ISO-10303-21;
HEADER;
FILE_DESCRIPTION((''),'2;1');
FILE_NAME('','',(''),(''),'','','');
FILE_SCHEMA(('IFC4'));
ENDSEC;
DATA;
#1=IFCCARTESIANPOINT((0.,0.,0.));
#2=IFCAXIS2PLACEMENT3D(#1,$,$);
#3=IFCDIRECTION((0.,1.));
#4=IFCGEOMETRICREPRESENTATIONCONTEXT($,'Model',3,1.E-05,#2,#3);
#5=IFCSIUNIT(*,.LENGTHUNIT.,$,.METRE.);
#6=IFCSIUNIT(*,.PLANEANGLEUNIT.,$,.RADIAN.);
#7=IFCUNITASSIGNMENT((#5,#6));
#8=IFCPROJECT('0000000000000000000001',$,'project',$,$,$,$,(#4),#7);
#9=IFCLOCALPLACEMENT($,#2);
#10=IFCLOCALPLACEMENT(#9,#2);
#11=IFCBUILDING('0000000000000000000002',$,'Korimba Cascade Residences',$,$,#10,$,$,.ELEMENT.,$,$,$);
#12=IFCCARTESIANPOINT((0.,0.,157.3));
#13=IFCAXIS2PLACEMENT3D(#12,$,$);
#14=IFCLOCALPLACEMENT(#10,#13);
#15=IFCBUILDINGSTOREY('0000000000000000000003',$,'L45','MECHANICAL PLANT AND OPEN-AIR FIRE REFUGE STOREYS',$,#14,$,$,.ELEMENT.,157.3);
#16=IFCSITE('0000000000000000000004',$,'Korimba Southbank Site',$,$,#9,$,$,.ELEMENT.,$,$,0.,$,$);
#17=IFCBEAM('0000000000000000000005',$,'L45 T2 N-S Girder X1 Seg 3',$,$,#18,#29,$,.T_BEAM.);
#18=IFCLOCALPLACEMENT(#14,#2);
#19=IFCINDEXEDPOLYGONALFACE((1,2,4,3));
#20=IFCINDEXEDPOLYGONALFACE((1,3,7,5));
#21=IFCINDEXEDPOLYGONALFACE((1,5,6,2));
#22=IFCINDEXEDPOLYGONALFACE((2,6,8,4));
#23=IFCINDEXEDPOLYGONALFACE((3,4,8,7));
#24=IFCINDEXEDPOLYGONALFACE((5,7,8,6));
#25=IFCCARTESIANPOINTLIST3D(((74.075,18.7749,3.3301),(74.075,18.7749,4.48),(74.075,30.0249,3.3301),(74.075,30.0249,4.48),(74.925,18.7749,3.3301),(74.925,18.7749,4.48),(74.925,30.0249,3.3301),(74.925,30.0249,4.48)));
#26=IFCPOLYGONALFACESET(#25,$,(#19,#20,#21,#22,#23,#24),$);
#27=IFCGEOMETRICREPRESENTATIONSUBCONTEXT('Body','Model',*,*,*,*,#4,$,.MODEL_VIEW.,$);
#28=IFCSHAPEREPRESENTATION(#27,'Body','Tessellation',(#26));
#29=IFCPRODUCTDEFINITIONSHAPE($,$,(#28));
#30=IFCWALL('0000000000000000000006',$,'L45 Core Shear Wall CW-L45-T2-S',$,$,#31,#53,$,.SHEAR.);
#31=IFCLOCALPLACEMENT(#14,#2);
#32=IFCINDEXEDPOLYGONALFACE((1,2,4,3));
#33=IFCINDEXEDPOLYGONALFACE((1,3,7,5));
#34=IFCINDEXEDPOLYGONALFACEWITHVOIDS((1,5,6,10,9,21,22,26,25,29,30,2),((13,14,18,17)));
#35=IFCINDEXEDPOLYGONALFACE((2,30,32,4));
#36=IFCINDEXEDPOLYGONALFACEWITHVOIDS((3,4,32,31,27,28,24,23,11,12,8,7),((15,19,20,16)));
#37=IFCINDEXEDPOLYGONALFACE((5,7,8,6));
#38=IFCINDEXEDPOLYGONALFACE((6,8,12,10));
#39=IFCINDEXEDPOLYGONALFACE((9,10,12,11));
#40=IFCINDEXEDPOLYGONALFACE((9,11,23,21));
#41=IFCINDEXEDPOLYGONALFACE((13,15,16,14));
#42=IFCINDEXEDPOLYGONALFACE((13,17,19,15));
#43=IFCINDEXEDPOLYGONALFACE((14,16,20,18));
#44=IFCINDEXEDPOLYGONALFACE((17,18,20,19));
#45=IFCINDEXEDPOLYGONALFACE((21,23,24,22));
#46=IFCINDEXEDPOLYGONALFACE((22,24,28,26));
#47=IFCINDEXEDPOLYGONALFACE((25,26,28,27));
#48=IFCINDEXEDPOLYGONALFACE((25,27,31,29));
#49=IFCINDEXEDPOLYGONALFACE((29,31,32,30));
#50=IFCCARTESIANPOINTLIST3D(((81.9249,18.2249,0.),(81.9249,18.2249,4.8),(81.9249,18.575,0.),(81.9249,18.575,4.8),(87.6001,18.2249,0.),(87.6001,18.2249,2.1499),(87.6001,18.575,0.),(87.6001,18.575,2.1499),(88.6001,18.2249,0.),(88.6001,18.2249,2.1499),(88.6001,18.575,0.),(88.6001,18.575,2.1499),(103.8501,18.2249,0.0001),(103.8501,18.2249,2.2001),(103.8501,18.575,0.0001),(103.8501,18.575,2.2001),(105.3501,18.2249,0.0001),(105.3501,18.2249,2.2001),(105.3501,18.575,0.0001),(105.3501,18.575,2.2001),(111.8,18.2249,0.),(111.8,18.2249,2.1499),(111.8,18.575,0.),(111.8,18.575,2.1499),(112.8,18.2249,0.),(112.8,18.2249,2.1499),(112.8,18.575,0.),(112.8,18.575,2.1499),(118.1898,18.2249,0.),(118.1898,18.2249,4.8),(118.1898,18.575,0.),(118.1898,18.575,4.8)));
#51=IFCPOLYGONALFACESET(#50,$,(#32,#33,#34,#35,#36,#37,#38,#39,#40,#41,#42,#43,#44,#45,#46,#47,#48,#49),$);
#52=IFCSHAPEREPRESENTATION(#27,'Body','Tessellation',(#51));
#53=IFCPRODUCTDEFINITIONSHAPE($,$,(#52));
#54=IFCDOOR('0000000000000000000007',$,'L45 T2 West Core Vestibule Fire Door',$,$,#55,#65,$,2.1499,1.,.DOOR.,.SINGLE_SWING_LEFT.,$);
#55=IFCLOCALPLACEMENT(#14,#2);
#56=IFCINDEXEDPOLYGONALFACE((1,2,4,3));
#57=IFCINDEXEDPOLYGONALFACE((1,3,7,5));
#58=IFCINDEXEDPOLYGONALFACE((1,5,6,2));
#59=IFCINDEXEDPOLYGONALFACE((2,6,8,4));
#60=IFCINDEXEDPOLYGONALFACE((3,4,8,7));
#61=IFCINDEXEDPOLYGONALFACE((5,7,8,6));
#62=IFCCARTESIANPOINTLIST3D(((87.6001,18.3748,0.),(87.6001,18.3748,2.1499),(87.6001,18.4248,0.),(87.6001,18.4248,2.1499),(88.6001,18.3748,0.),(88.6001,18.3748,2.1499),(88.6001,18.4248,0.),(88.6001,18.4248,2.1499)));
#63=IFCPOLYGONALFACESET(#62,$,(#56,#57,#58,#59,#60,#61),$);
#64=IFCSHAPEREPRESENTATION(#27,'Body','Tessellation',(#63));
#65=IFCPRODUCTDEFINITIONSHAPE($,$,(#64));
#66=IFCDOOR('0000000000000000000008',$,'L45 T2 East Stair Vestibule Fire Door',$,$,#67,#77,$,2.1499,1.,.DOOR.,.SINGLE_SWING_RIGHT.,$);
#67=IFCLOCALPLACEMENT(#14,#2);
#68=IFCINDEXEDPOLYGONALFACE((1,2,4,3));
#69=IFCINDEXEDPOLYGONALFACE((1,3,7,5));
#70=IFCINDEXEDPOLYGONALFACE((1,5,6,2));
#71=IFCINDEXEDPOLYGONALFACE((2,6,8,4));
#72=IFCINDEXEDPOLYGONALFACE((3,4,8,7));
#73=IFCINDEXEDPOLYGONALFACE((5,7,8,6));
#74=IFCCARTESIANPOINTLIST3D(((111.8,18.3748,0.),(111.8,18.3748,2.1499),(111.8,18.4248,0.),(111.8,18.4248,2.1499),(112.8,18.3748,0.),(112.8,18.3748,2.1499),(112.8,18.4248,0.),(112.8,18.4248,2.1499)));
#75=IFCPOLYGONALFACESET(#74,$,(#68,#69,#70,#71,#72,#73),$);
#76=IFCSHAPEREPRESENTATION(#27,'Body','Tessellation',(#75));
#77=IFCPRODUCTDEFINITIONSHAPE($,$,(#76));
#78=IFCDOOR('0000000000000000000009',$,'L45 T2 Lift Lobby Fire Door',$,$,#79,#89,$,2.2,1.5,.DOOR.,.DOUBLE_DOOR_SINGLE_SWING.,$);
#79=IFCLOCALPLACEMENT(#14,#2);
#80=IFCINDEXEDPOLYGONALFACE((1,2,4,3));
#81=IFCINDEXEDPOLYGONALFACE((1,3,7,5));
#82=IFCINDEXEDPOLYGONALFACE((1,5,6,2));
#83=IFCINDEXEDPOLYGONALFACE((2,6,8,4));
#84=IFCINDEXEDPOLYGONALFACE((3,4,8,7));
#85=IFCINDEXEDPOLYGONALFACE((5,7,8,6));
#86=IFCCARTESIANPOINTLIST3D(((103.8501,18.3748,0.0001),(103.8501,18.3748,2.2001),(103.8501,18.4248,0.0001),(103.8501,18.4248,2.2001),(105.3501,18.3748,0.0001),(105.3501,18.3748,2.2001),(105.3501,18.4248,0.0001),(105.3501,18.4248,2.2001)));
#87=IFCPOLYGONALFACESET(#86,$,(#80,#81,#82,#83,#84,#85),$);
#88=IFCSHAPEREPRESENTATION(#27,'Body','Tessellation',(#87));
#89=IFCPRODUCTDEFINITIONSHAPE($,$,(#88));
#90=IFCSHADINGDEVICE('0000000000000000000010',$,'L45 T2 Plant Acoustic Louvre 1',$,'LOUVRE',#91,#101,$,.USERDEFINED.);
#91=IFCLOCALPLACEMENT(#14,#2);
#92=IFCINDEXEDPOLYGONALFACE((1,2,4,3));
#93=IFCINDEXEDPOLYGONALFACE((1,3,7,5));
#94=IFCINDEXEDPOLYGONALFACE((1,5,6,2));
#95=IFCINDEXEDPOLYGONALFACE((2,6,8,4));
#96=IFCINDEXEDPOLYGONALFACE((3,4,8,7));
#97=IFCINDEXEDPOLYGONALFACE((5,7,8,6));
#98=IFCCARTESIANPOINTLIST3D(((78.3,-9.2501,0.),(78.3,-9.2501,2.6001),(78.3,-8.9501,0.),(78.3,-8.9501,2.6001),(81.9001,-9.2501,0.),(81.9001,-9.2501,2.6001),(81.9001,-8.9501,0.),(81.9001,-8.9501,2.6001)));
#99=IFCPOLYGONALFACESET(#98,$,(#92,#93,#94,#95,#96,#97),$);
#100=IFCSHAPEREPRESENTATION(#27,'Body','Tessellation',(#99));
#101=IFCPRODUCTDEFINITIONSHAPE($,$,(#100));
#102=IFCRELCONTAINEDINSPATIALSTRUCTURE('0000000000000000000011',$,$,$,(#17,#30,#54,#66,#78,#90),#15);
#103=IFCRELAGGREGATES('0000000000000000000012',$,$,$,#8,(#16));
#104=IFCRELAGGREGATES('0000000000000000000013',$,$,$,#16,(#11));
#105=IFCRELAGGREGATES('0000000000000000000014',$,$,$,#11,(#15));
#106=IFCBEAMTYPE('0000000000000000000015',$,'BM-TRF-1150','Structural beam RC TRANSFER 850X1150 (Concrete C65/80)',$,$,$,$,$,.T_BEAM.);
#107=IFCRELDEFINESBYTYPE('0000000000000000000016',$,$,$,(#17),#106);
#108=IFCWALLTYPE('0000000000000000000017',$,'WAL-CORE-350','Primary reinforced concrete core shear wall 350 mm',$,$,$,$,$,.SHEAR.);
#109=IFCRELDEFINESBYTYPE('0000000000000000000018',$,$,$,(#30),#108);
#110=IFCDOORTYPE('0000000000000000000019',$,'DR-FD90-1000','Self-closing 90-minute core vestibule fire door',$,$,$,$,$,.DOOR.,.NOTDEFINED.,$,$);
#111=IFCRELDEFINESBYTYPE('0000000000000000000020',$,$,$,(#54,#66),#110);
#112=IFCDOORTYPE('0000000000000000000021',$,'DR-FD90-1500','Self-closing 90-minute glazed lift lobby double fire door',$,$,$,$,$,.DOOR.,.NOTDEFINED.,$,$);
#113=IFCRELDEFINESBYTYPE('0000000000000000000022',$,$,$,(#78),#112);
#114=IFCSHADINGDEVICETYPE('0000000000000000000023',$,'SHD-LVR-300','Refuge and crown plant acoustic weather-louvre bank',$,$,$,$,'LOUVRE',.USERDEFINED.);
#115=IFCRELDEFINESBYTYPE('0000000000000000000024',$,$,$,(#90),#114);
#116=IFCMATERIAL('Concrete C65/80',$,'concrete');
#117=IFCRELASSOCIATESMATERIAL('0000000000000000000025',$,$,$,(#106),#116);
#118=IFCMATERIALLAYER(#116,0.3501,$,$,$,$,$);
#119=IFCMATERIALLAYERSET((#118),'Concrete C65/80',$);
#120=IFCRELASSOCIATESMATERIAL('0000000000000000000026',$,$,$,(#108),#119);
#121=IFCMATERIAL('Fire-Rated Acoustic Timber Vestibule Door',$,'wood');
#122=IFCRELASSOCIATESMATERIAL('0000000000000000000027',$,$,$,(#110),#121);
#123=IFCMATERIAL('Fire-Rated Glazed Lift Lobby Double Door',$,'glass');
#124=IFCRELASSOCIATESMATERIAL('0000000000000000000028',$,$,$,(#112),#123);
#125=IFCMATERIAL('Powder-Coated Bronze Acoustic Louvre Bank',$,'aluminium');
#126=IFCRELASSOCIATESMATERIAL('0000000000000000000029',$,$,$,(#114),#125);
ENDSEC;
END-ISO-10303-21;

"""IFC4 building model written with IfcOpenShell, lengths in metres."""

from ifc_helpers import new_model, si_unit, direction, frame, frame_2d, origin, origin_2d, place, context, subcontext, project, spatial, rectangle, extrude, material, layer, layer_set, material_profile, profile_set, type_object, element, fill, save


model = new_model("IFC4")

# Units and contexts
model_context = context("Model", 3, precision=1e-05, world=origin(), true_north=direction((0.0, 1.0)))
body_context = subcontext(model_context, "Body", "Model", "MODEL_VIEW")
ifc_project = project(units=[si_unit("LENGTHUNIT", "METRE"), si_unit("PLANEANGLEUNIT", "RADIAN")], contexts=[model_context])

# Site, building, storey
site_placement = place(None, origin())
site = spatial("IfcSite", under=ifc_project, at=site_placement, Name="Korimba Southbank Site", CompositionType="ELEMENT", RefElevation=0.0)
building_placement = place(site_placement, origin())
building = spatial("IfcBuilding", under=site, at=building_placement, Name="Korimba Cascade Residences", CompositionType="ELEMENT")
storey_placement = place(building_placement, frame((0.0, 0.0, 157.3)))
storey = spatial("IfcBuildingStorey", under=building, at=storey_placement, Name="L45", Description="MECHANICAL PLANT AND OPEN-AIR FIRE REFUGE STOREYS", CompositionType="ELEMENT", Elevation=157.3)

# Shared definitions
ifc_material_1 = material(Name="Concrete C65/80", Category="concrete")

# Beam
ifc_material_profile_1 = material_profile(ifc_material_1, rectangle(XDim=0.8501, YDim=1.1499, at=origin_2d()), Name="Concrete C65/80")
ifc_profile_set_1 = profile_set([ifc_material_profile_1], Name="Concrete C65/80")
beam_type_1 = type_object("IfcBeamType", Name="BM-TRF-1150", Description="Structural beam RC TRANSFER 850X1150 (Concrete C65/80)", PredefinedType="T_BEAM", material=ifc_profile_set_1)
beam_1_placement = place(storey_placement, frame((74.5, 18.7749, 3.905), z_axis=(0.0, 1.0, 0.0), x_axis=(-1.0, 0.0, 0.0)))
element("IfcBeam", 1, at=beam_1_placement, inside=storey, type_object=beam_type_1, Name="L45 T2 N-S Girder X1 Seg 3", PredefinedType="T_BEAM", context=body_context, shape_type="SweptSolid", body=[
    extrude(rectangle(XDim=0.8501, YDim=1.1499, at=origin_2d()), origin(), (0.0, 0.0, 1.0), 11.25),
])

# Wall, openings, doors
ifc_layer = layer(ifc_material_1, 0.3501)
ifc_layer_set = layer_set([ifc_layer], Name="Concrete C65/80")
wall_type = type_object("IfcWallType", Name="WAL-CORE-350", Description="Primary reinforced concrete core shear wall 350 mm", PredefinedType="SHEAR", material=ifc_layer_set)
wall_placement = place(storey_placement, frame((81.925, 18.3999, 0.0), z_axis=(0.0, 0.0, 1.0), x_axis=(1.0, 0.0, 0.0)))
wall = element("IfcWall", 2, at=wall_placement, inside=storey, type_object=wall_type, Name="L45 Core Shear Wall CW-L45-T2-S", PredefinedType="SHEAR", context=body_context, shape_type="SweptSolid", body=[
    extrude(rectangle(XDim=36.2649, YDim=0.3501, at=frame_2d((18.1323, 0.0))), origin(), (0.0, 0.0, 1.0), 4.8),
])
opening_1_placement = place(wall_placement, frame((5.675, 0.0, 0.0)))
opening_1 = element("IfcOpeningElement", 3, at=opening_1_placement, cuts=wall, PredefinedType="OPENING", context=body_context, shape_type="SweptSolid", body=[
    extrude(rectangle(XDim=1.0, YDim=2.1499, at=frame_2d((0.5, 1.075))), frame((0.0, 0.1851, 0.0), z_axis=(0.0, -1.0, 0.0), x_axis=(1.0, 0.0, 0.0)), (0.0, 0.0, 1.0), 0.3701),
])
opening_2_placement = place(wall_placement, frame((21.925, 0.0, 0.0)))
opening_2 = element("IfcOpeningElement", 4, at=opening_2_placement, cuts=wall, PredefinedType="OPENING", context=body_context, shape_type="SweptSolid", body=[
    extrude(rectangle(XDim=1.5, YDim=2.2, at=frame_2d((0.75, 1.1001))), frame((0.0, 0.1851, 0.0), z_axis=(0.0, -1.0, 0.0), x_axis=(1.0, 0.0, 0.0)), (0.0, 0.0, 1.0), 0.3701),
])
opening_3_placement = place(wall_placement, frame((29.875, 0.0, 0.0)))
opening_3 = element("IfcOpeningElement", 5, at=opening_3_placement, cuts=wall, PredefinedType="OPENING", context=body_context, shape_type="SweptSolid", body=[
    extrude(rectangle(XDim=1.0, YDim=2.1499, at=frame_2d((0.5, 1.075))), frame((0.0, 0.1851, 0.0), z_axis=(0.0, -1.0, 0.0), x_axis=(1.0, 0.0, 0.0)), (0.0, 0.0, 1.0), 0.3701),
])
ifc_material_2 = material(Name="Fire-Rated Acoustic Timber Vestibule Door", Category="wood")
door_type_1 = type_object("IfcDoorType", Name="DR-FD90-1000", Description="Self-closing 90-minute core vestibule fire door", OperationType="NOTDEFINED", PredefinedType="DOOR", material=ifc_material_2)
door_1_placement = place(opening_1_placement, origin())
door_1 = element("IfcDoor", 6, at=door_1_placement, inside=storey, type_object=door_type_1, Name="L45 T2 West Core Vestibule Fire Door", OperationType="SINGLE_SWING_LEFT", OverallHeight=2.1499, OverallWidth=1.0, PredefinedType="DOOR", context=body_context, shape_type="SweptSolid", body=[
    extrude(rectangle(XDim=1.0, YDim=2.1499, at=frame_2d((0.5, 1.075))), frame((0.0, 0.0249, 0.0), z_axis=(0.0, -1.0, 0.0), x_axis=(1.0, 0.0, 0.0)), (0.0, 0.0, 1.0), 0.05),
])
fill(opening_1, door_1)
door_2_placement = place(opening_3_placement, origin())
door_2 = element("IfcDoor", 7, at=door_2_placement, inside=storey, type_object=door_type_1, Name="L45 T2 East Stair Vestibule Fire Door", OperationType="SINGLE_SWING_RIGHT", OverallHeight=2.1499, OverallWidth=1.0, PredefinedType="DOOR", context=body_context, shape_type="SweptSolid", body=[
    extrude(rectangle(XDim=1.0, YDim=2.1499, at=frame_2d((0.5, 1.075))), frame((0.0, 0.0249, 0.0), z_axis=(0.0, -1.0, 0.0), x_axis=(1.0, 0.0, 0.0)), (0.0, 0.0, 1.0), 0.05),
])
fill(opening_3, door_2)
ifc_material_3 = material(Name="Fire-Rated Glazed Lift Lobby Double Door", Category="glass")
door_type_2 = type_object("IfcDoorType", Name="DR-FD90-1500", Description="Self-closing 90-minute glazed lift lobby double fire door", OperationType="NOTDEFINED", PredefinedType="DOOR", material=ifc_material_3)
door_3_placement = place(opening_2_placement, origin())
door_3 = element("IfcDoor", 8, at=door_3_placement, inside=storey, type_object=door_type_2, Name="L45 T2 Lift Lobby Fire Door", OperationType="DOUBLE_DOOR_SINGLE_SWING", OverallHeight=2.2, OverallWidth=1.5, PredefinedType="DOOR", context=body_context, shape_type="SweptSolid", body=[
    extrude(rectangle(XDim=1.5, YDim=2.2, at=frame_2d((0.75, 1.1001))), frame((0.0, 0.0249, 0.0), z_axis=(0.0, -1.0, 0.0), x_axis=(1.0, 0.0, 0.0)), (0.0, 0.0, 1.0), 0.05),
])
fill(opening_2, door_3)

# Shading device
ifc_material_4 = material(Name="Powder-Coated Bronze Acoustic Louvre Bank", Category="aluminium")
shading_device_type = type_object("IfcShadingDeviceType", Name="SHD-LVR-300", Description="Refuge and crown plant acoustic weather-louvre bank", ElementType="LOUVRE", PredefinedType="USERDEFINED", material=ifc_material_4)
shading_device_placement = place(storey_placement, frame((80.1001, -9.1001, 0.0), z_axis=(0.0, 0.0, 1.0), x_axis=(1.0, 0.0, 0.0)))
element("IfcShadingDevice", 9, at=shading_device_placement, inside=storey, type_object=shading_device_type, Name="L45 T2 Plant Acoustic Louvre 1", ObjectType="LOUVRE", PredefinedType="USERDEFINED", context=body_context, shape_type="SweptSolid", body=[
    extrude(rectangle(XDim=3.6001, YDim=0.3, at=origin_2d()), origin(), (0.0, 0.0, 1.0), 2.6001),
])

save(model, "model.ifc")
